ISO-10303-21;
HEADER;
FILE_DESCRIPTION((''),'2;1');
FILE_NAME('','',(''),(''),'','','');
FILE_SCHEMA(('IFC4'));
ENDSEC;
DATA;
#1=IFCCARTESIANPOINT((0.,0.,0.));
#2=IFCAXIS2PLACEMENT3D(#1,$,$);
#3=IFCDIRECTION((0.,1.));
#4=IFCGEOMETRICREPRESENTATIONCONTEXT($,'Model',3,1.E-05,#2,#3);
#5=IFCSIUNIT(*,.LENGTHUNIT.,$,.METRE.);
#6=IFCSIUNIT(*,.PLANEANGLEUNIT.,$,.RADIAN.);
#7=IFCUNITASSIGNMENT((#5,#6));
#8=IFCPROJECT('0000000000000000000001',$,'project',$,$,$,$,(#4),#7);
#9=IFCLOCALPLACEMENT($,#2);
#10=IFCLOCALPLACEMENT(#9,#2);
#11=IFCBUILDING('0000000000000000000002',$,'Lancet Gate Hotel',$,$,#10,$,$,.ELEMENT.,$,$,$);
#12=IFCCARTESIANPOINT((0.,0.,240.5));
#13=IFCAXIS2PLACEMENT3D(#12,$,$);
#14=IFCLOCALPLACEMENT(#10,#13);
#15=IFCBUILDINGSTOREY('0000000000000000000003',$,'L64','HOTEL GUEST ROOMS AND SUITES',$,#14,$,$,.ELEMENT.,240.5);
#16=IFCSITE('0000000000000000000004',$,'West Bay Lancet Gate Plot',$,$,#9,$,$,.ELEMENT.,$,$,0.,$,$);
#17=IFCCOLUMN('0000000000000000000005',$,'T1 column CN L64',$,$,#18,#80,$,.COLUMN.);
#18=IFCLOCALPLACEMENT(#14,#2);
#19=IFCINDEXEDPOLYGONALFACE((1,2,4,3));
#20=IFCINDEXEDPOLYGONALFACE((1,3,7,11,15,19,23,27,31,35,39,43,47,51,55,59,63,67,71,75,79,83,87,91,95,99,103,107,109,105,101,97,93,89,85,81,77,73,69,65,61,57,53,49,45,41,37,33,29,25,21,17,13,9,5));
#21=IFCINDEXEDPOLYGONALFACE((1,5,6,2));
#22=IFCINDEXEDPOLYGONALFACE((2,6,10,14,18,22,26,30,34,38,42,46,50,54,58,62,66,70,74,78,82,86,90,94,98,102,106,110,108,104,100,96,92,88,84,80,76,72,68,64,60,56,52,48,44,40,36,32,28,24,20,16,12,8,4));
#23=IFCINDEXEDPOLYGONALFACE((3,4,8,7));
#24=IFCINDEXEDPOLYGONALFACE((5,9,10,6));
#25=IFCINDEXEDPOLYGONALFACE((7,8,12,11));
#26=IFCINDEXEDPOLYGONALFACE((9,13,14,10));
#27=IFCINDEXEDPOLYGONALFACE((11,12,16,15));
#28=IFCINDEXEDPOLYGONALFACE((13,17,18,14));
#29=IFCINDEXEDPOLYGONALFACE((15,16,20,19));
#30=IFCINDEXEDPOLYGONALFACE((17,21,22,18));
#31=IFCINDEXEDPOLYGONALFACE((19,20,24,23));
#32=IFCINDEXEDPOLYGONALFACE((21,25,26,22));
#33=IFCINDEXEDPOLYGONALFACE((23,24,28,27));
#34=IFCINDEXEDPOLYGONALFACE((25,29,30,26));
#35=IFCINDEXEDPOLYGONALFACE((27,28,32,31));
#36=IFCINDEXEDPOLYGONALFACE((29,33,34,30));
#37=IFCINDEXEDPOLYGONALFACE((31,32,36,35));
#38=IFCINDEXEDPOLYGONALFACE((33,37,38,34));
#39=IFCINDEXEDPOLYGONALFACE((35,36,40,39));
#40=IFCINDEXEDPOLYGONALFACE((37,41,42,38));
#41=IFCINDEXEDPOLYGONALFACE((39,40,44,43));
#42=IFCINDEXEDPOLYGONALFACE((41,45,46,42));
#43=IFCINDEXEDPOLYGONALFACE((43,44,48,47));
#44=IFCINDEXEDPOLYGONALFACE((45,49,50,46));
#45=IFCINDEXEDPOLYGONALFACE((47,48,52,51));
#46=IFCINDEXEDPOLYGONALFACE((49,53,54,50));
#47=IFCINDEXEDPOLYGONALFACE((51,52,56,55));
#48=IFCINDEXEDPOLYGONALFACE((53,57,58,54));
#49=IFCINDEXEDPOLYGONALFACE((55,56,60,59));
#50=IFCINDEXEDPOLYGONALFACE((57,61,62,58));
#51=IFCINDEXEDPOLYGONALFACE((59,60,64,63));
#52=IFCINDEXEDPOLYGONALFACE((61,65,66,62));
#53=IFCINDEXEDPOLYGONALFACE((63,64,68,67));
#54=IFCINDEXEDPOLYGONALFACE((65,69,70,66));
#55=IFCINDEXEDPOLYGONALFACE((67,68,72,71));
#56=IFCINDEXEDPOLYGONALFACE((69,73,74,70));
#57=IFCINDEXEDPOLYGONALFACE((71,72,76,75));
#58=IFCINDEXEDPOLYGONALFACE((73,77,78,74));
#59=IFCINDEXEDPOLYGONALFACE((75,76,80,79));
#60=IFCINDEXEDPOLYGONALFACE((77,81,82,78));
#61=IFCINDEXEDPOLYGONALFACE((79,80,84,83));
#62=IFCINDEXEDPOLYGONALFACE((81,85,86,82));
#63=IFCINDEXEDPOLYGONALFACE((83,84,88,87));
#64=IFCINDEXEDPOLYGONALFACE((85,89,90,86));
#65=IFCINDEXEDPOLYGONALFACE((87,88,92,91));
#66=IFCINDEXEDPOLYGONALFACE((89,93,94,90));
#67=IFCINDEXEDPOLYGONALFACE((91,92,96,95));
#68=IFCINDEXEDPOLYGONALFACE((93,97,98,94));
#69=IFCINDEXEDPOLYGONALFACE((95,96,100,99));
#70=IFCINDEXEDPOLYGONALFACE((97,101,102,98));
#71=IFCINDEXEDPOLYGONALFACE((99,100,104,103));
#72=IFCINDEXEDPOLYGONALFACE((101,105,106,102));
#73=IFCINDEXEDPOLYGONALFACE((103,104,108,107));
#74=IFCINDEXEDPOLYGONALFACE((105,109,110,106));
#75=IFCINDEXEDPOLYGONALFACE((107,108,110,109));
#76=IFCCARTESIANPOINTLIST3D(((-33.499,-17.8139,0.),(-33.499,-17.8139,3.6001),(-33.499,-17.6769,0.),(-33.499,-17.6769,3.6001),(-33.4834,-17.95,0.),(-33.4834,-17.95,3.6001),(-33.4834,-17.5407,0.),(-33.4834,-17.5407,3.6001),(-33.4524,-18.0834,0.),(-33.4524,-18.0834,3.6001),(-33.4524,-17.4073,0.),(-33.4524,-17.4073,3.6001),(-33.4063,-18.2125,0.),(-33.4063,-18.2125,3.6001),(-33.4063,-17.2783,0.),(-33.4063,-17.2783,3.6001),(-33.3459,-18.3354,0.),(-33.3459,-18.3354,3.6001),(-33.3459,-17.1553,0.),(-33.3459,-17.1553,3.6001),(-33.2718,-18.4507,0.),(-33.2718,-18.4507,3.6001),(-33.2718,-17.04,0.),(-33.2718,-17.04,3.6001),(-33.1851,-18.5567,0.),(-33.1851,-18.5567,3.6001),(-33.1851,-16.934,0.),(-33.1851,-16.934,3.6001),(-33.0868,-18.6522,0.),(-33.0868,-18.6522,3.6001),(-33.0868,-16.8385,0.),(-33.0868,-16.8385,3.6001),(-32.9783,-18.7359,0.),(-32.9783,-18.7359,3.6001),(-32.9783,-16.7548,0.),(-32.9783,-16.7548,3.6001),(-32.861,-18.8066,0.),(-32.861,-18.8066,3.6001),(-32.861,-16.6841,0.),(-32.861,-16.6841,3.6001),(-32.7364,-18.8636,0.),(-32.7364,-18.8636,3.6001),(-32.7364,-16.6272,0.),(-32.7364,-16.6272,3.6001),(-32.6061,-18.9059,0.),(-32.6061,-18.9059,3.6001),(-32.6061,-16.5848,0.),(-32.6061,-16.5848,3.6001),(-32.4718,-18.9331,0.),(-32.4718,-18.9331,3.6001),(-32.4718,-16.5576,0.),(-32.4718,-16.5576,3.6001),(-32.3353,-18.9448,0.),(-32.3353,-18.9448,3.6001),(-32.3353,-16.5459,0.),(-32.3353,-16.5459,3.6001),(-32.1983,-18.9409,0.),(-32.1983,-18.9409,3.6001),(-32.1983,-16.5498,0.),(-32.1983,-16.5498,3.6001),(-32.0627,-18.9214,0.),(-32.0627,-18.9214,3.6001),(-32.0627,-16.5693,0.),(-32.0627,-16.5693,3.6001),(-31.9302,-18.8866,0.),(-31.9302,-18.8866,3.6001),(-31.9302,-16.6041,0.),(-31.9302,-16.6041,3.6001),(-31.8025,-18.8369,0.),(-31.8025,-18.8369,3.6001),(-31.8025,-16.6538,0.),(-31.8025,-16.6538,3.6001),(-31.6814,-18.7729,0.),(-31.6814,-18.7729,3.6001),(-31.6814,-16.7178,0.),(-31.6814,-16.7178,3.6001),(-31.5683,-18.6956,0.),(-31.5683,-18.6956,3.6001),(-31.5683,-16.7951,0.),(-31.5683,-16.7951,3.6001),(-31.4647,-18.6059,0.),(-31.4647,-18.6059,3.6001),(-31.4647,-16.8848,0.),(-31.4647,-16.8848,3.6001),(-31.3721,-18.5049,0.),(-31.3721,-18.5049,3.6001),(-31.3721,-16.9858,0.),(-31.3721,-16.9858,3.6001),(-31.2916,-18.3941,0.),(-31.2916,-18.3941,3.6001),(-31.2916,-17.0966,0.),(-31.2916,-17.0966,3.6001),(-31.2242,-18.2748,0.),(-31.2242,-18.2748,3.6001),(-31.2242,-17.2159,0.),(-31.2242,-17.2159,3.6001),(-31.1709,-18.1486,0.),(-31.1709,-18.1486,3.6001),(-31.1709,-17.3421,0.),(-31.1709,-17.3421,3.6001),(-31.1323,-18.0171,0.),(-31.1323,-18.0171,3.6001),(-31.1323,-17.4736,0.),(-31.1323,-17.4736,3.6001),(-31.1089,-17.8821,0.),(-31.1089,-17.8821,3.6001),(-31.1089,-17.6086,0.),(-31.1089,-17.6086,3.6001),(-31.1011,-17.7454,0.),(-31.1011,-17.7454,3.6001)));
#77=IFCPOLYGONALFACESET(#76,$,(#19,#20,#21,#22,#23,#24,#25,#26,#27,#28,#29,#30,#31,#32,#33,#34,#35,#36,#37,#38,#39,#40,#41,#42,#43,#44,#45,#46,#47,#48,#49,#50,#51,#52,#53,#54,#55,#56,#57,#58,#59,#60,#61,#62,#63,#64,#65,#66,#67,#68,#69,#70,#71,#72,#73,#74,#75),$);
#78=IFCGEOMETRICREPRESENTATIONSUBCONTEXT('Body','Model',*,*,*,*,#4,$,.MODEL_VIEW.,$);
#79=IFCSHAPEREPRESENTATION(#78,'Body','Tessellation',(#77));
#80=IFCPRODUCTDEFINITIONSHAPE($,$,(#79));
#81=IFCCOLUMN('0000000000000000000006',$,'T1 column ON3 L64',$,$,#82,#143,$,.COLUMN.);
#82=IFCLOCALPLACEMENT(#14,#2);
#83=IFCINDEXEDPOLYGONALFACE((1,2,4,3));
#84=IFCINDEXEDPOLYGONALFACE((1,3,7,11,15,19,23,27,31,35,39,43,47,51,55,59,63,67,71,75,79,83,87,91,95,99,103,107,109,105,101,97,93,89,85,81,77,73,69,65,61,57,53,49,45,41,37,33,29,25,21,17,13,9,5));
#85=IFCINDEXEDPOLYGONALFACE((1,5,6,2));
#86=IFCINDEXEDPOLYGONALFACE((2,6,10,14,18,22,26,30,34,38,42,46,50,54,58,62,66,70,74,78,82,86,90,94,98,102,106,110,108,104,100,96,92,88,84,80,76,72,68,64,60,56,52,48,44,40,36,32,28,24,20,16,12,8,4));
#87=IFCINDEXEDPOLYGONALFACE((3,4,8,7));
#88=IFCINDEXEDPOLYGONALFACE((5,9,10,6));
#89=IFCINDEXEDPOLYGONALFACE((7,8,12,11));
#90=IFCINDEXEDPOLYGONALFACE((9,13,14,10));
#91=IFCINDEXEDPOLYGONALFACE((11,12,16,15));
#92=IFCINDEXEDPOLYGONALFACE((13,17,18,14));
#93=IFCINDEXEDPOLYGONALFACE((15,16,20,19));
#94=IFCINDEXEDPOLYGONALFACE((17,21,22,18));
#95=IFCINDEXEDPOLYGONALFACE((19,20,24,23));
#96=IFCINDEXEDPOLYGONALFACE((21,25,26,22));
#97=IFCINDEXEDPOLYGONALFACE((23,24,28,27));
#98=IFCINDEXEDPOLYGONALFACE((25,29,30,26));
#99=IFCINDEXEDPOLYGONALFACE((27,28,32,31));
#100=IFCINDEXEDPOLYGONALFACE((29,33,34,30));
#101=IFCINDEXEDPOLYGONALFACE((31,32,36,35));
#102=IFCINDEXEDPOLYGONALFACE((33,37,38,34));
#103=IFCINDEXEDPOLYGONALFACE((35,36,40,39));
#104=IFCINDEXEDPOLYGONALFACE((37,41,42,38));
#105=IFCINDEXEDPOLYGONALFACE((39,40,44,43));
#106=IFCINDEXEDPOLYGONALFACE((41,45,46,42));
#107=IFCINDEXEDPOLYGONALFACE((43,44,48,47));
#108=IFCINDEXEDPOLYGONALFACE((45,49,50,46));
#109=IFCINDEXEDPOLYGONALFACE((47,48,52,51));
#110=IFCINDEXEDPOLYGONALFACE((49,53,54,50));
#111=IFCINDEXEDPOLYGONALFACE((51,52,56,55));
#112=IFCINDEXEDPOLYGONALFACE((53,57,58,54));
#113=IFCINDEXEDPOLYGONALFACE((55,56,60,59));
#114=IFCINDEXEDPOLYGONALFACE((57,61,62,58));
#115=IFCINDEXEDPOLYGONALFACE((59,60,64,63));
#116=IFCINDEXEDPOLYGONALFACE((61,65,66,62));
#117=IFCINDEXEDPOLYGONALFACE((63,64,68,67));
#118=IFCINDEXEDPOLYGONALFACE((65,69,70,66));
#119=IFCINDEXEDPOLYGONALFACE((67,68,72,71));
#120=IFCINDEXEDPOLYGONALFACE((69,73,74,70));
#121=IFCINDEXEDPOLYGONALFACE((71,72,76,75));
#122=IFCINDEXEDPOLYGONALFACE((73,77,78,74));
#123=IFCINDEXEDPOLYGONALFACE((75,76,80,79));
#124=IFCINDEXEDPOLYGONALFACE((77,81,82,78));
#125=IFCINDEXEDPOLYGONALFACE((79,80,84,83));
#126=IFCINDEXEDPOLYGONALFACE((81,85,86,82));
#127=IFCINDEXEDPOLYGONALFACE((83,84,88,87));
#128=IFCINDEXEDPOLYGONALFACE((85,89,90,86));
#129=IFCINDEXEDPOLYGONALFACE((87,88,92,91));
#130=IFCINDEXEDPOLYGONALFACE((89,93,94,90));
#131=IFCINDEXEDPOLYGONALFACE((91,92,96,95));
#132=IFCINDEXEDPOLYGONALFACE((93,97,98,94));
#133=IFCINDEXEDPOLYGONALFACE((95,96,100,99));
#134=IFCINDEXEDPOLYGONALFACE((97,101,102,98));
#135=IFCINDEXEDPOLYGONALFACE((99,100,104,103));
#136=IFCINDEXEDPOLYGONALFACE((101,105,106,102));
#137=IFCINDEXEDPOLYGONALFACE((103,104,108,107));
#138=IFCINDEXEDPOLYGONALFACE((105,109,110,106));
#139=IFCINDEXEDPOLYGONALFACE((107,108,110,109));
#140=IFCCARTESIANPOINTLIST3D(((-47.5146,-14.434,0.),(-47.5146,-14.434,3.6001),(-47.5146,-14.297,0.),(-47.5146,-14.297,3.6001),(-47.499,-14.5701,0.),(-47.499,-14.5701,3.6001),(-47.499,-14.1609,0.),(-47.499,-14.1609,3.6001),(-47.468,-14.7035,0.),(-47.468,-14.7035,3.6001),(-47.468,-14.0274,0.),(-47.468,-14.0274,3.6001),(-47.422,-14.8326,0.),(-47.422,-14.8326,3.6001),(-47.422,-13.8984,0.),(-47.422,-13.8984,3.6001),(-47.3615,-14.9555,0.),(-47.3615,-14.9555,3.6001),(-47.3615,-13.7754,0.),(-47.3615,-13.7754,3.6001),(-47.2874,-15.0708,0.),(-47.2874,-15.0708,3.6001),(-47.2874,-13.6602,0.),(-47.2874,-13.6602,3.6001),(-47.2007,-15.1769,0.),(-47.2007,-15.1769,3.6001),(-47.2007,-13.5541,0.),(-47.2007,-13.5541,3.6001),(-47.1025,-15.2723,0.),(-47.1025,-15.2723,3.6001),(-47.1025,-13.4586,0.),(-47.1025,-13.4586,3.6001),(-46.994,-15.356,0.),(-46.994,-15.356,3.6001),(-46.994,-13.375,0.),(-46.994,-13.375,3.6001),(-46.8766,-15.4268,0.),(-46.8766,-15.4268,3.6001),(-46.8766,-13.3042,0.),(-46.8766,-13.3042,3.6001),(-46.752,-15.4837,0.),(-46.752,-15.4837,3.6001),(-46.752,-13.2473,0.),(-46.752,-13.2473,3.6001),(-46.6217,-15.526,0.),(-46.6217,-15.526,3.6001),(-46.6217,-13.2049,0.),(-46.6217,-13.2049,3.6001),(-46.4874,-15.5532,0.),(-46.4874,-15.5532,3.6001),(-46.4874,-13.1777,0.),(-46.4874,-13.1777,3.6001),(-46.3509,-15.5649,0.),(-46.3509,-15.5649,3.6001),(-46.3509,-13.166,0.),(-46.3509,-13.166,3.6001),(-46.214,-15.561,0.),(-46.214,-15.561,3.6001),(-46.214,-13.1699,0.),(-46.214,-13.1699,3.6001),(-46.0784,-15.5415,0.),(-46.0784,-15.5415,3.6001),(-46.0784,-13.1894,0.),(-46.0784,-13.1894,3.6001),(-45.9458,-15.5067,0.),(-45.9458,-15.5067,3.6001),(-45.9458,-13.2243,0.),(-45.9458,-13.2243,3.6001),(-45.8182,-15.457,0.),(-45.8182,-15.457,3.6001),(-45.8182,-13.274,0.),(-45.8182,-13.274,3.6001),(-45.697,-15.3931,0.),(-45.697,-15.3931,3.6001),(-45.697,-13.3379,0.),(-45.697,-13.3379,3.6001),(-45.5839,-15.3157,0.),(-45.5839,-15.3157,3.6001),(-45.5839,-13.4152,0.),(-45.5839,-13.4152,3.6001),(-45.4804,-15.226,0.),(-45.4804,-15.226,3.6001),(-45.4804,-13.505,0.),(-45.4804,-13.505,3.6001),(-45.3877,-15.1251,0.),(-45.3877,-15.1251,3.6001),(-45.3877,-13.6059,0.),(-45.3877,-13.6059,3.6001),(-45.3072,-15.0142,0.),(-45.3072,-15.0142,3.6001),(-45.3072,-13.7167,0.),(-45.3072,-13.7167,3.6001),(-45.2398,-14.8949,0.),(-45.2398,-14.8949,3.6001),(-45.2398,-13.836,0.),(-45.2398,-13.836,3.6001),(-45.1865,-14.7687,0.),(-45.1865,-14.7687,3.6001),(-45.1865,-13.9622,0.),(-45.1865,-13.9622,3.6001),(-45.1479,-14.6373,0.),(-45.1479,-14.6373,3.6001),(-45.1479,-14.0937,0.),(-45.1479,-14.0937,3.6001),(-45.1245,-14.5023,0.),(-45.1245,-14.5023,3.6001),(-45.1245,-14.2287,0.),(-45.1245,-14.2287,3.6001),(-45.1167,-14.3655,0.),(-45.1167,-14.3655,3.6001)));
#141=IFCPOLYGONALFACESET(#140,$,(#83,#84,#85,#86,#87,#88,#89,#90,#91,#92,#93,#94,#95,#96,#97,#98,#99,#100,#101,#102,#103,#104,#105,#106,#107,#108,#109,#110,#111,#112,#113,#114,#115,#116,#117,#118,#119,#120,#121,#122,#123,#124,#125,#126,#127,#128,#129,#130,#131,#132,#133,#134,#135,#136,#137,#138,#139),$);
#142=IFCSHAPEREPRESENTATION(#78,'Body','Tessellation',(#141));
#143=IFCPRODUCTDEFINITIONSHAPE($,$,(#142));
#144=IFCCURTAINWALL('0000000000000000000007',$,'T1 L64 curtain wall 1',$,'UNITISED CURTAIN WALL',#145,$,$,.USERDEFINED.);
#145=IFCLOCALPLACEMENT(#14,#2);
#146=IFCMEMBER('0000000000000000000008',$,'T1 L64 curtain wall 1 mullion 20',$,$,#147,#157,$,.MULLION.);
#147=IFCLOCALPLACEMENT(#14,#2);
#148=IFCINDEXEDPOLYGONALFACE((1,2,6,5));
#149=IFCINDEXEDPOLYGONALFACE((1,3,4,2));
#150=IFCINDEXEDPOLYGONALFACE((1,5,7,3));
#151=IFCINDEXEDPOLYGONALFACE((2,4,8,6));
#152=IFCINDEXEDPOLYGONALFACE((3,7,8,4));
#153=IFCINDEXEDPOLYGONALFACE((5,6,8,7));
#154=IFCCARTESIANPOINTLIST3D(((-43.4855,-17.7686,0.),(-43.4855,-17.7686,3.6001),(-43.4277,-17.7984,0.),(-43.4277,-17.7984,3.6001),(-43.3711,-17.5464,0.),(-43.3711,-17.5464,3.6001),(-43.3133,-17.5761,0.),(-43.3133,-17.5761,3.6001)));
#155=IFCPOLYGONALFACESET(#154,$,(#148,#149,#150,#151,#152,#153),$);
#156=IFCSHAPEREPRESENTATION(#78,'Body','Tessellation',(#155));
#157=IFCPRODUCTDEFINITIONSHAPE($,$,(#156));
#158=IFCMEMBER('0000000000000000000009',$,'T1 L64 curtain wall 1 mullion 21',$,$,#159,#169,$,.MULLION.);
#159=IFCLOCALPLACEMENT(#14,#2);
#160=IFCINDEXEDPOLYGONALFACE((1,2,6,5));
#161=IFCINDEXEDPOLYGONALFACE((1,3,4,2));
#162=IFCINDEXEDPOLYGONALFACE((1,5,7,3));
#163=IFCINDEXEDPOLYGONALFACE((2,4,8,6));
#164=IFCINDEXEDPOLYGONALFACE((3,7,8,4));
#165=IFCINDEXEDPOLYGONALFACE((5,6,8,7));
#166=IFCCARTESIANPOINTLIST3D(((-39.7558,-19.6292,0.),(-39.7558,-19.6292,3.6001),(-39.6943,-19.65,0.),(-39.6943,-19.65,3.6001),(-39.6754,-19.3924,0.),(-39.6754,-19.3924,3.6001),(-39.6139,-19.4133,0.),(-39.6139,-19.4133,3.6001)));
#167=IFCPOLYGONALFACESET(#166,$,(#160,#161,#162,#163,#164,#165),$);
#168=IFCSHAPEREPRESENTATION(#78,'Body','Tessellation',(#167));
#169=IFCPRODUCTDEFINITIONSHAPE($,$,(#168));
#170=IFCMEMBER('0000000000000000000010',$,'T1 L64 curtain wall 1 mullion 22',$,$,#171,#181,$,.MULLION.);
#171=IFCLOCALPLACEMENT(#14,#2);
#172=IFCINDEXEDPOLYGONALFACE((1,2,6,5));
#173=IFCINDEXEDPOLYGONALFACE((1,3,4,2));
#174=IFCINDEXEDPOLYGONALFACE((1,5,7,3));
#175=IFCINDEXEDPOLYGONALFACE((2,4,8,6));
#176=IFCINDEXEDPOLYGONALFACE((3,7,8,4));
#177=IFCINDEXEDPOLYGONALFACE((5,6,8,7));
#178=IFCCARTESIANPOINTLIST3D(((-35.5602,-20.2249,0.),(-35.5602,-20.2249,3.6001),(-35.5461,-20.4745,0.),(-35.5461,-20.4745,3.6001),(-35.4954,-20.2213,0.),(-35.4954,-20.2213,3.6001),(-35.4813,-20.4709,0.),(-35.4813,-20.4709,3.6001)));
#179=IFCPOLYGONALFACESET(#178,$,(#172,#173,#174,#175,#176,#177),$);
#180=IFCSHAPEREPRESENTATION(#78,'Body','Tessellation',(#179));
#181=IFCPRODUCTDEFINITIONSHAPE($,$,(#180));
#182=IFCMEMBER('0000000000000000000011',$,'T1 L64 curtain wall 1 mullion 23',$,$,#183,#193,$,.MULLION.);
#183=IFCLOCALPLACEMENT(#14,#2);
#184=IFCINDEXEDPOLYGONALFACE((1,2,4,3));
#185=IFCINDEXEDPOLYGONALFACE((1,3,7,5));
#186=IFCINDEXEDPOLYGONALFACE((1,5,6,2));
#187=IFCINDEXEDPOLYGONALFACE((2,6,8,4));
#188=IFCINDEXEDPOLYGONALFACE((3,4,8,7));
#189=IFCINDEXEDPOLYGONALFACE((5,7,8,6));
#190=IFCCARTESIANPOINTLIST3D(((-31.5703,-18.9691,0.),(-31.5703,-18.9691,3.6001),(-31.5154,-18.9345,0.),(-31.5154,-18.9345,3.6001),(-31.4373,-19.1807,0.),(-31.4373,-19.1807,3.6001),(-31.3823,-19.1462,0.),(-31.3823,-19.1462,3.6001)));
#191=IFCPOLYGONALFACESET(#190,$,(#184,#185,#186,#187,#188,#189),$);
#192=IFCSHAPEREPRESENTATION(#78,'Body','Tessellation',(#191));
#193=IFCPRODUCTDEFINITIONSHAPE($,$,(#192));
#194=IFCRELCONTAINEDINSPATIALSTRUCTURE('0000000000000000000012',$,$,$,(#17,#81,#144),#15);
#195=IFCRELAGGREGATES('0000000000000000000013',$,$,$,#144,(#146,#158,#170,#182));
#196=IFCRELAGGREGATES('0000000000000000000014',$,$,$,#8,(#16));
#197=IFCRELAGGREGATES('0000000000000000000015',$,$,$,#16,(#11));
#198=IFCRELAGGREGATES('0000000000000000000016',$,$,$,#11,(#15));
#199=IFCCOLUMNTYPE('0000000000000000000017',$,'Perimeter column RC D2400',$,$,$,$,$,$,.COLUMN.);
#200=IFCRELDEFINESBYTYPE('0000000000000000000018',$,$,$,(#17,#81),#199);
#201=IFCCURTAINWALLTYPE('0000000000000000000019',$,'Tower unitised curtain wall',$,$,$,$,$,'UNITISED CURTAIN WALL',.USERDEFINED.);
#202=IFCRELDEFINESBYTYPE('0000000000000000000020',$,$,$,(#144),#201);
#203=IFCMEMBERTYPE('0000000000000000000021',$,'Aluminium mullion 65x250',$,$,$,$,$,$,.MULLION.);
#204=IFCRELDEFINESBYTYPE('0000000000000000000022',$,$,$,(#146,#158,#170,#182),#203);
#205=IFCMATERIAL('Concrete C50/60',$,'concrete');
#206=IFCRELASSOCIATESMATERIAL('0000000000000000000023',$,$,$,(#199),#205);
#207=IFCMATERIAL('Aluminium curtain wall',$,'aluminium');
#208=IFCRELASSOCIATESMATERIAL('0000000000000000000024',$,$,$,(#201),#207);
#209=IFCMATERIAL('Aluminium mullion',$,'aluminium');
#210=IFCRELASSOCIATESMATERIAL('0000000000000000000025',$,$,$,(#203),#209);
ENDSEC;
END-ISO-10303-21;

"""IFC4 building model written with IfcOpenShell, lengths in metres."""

from ifc_helpers import new_model, si_unit, direction, frame, origin, origin_2d, place, context, subcontext, project, spatial, rectangle, circle, extrude, material, material_profile, profile_set, type_object, element, aggregate, save


model = new_model("IFC4")

# Units and contexts
model_context = context("Model", 3, precision=1e-05, world=origin(), true_north=direction((0.0, 1.0)))
body_context = subcontext(model_context, "Body", "Model", "MODEL_VIEW")
ifc_project = project(units=[si_unit("LENGTHUNIT", "METRE"), si_unit("PLANEANGLEUNIT", "RADIAN")], contexts=[model_context])

# Site, building, storey
site_placement = place(None, origin())
site = spatial("IfcSite", under=ifc_project, at=site_placement, Name="West Bay Lancet Gate Plot", CompositionType="ELEMENT", RefElevation=0.0)
building_placement = place(site_placement, origin())
building = spatial("IfcBuilding", under=site, at=building_placement, Name="Lancet Gate Hotel", CompositionType="ELEMENT")
storey_placement = place(building_placement, frame((0.0, 0.0, 240.5)))
storey = spatial("IfcBuildingStorey", under=building, at=storey_placement, Name="L64", Description="HOTEL GUEST ROOMS AND SUITES", CompositionType="ELEMENT", Elevation=240.5)

# Columns
ifc_material_1 = material(Name="Concrete C50/60", Category="concrete")
ifc_material_profile_1 = material_profile(ifc_material_1, circle(Radius=1.2, at=origin_2d()), Name="RC D2400")
ifc_profile_set_1 = profile_set([ifc_material_profile_1], Name="Concrete C50/60")
column_type = type_object("IfcColumnType", Name="Perimeter column RC D2400", PredefinedType="COLUMN", material=ifc_profile_set_1)
for number, where, z_axis, x_axis, name in (
    (1, (-32.301, -17.7454, 0.0), (0.0, 0.0, 1.0), (1.0, 0.0, 0.0), "T1 column CN L64"),
    (2, (-46.3167, -14.3655, 0.0), (0.0, 0.0, 1.0), (1.0, 0.0, 0.0), "T1 column ON3 L64"),
):
    element("IfcColumn", number, at=place(storey_placement, frame(where, z_axis=z_axis, x_axis=x_axis)), inside=storey, type_object=column_type, Name=name, PredefinedType="COLUMN", context=body_context, shape_type="SweptSolid", body=[
        extrude(circle(Radius=1.2, at=origin_2d()), origin(), (0.0, 0.0, 1.0), 3.6001),
    ])

# Curtain wall, members
ifc_material_2 = material(Name="Aluminium curtain wall", Category="aluminium")
curtain_wall_type = type_object("IfcCurtainWallType", Name="Tower unitised curtain wall", ElementType="UNITISED CURTAIN WALL", PredefinedType="USERDEFINED", material=ifc_material_2)
curtain_wall_placement = place(storey_placement, origin())
curtain_wall = element("IfcCurtainWall", 3, at=curtain_wall_placement, inside=storey, type_object=curtain_wall_type, Name="T1 L64 curtain wall 1", ObjectType="UNITISED CURTAIN WALL", PredefinedType="USERDEFINED")
ifc_material_3 = material(Name="Aluminium mullion", Category="aluminium")
ifc_material_profile_2 = material_profile(ifc_material_3, rectangle(XDim=0.0649, YDim=0.25, at=origin_2d()), Name="MULLION 65x250")
ifc_profile_set_2 = profile_set([ifc_material_profile_2], Name="Aluminium mullion")
member_type_1 = type_object("IfcMemberType", Name="Aluminium mullion 65x250", PredefinedType="MULLION", material=ifc_profile_set_2)
member_1_placement = place(storey_placement, frame((-43.3994, -17.6724, 0.0), z_axis=(0.0, 0.0, 1.0), x_axis=(0.889156, -0.457605, 0.0)))
member_1 = element("IfcMember", 4, at=member_1_placement, type_object=member_type_1, Name="T1 L64 curtain wall 1 mullion 20", PredefinedType="MULLION", context=body_context, shape_type="SweptSolid", body=[
    extrude(rectangle(XDim=0.0649, YDim=0.25, at=origin_2d()), origin(), (0.0, 0.0, 1.0), 3.6001),
])
member_2_placement = place(storey_placement, frame((-39.6848, -19.5212, 0.0), z_axis=(0.0, 0.0, 1.0), x_axis=(0.946888, -0.321564, 0.0)))
member_2 = element("IfcMember", 5, at=member_2_placement, type_object=member_type_1, Name="T1 L64 curtain wall 1 mullion 21", PredefinedType="MULLION", context=body_context, shape_type="SweptSolid", body=[
    extrude(rectangle(XDim=0.0649, YDim=0.25, at=origin_2d()), origin(), (0.0, 0.0, 1.0), 3.6001),
])
member_3_placement = place(storey_placement, frame((-35.5208, -20.3479, 0.0), z_axis=(0.0, 0.0, 1.0), x_axis=(0.998409, 0.056384, 0.0)))
member_3 = element("IfcMember", 6, at=member_3_placement, type_object=member_type_1, Name="T1 L64 curtain wall 1 mullion 22", PredefinedType="MULLION", context=body_context, shape_type="SweptSolid", body=[
    extrude(rectangle(XDim=0.0649, YDim=0.25, at=origin_2d()), origin(), (0.0, 0.0, 1.0), 3.6001),
])
member_4_placement = place(storey_placement, frame((-31.4763, -19.0576, 0.0), z_axis=(0.0, 0.0, 1.0), x_axis=(0.846613, 0.532209, 0.0)))
member_4 = element("IfcMember", 7, at=member_4_placement, type_object=member_type_1, Name="T1 L64 curtain wall 1 mullion 23", PredefinedType="MULLION", context=body_context, shape_type="SweptSolid", body=[
    extrude(rectangle(XDim=0.0649, YDim=0.25, at=origin_2d()), origin(), (0.0, 0.0, 1.0), 3.6001),
])

aggregate(curtain_wall, [member_1, member_2, member_3, member_4])

save(model, "model.ifc")
